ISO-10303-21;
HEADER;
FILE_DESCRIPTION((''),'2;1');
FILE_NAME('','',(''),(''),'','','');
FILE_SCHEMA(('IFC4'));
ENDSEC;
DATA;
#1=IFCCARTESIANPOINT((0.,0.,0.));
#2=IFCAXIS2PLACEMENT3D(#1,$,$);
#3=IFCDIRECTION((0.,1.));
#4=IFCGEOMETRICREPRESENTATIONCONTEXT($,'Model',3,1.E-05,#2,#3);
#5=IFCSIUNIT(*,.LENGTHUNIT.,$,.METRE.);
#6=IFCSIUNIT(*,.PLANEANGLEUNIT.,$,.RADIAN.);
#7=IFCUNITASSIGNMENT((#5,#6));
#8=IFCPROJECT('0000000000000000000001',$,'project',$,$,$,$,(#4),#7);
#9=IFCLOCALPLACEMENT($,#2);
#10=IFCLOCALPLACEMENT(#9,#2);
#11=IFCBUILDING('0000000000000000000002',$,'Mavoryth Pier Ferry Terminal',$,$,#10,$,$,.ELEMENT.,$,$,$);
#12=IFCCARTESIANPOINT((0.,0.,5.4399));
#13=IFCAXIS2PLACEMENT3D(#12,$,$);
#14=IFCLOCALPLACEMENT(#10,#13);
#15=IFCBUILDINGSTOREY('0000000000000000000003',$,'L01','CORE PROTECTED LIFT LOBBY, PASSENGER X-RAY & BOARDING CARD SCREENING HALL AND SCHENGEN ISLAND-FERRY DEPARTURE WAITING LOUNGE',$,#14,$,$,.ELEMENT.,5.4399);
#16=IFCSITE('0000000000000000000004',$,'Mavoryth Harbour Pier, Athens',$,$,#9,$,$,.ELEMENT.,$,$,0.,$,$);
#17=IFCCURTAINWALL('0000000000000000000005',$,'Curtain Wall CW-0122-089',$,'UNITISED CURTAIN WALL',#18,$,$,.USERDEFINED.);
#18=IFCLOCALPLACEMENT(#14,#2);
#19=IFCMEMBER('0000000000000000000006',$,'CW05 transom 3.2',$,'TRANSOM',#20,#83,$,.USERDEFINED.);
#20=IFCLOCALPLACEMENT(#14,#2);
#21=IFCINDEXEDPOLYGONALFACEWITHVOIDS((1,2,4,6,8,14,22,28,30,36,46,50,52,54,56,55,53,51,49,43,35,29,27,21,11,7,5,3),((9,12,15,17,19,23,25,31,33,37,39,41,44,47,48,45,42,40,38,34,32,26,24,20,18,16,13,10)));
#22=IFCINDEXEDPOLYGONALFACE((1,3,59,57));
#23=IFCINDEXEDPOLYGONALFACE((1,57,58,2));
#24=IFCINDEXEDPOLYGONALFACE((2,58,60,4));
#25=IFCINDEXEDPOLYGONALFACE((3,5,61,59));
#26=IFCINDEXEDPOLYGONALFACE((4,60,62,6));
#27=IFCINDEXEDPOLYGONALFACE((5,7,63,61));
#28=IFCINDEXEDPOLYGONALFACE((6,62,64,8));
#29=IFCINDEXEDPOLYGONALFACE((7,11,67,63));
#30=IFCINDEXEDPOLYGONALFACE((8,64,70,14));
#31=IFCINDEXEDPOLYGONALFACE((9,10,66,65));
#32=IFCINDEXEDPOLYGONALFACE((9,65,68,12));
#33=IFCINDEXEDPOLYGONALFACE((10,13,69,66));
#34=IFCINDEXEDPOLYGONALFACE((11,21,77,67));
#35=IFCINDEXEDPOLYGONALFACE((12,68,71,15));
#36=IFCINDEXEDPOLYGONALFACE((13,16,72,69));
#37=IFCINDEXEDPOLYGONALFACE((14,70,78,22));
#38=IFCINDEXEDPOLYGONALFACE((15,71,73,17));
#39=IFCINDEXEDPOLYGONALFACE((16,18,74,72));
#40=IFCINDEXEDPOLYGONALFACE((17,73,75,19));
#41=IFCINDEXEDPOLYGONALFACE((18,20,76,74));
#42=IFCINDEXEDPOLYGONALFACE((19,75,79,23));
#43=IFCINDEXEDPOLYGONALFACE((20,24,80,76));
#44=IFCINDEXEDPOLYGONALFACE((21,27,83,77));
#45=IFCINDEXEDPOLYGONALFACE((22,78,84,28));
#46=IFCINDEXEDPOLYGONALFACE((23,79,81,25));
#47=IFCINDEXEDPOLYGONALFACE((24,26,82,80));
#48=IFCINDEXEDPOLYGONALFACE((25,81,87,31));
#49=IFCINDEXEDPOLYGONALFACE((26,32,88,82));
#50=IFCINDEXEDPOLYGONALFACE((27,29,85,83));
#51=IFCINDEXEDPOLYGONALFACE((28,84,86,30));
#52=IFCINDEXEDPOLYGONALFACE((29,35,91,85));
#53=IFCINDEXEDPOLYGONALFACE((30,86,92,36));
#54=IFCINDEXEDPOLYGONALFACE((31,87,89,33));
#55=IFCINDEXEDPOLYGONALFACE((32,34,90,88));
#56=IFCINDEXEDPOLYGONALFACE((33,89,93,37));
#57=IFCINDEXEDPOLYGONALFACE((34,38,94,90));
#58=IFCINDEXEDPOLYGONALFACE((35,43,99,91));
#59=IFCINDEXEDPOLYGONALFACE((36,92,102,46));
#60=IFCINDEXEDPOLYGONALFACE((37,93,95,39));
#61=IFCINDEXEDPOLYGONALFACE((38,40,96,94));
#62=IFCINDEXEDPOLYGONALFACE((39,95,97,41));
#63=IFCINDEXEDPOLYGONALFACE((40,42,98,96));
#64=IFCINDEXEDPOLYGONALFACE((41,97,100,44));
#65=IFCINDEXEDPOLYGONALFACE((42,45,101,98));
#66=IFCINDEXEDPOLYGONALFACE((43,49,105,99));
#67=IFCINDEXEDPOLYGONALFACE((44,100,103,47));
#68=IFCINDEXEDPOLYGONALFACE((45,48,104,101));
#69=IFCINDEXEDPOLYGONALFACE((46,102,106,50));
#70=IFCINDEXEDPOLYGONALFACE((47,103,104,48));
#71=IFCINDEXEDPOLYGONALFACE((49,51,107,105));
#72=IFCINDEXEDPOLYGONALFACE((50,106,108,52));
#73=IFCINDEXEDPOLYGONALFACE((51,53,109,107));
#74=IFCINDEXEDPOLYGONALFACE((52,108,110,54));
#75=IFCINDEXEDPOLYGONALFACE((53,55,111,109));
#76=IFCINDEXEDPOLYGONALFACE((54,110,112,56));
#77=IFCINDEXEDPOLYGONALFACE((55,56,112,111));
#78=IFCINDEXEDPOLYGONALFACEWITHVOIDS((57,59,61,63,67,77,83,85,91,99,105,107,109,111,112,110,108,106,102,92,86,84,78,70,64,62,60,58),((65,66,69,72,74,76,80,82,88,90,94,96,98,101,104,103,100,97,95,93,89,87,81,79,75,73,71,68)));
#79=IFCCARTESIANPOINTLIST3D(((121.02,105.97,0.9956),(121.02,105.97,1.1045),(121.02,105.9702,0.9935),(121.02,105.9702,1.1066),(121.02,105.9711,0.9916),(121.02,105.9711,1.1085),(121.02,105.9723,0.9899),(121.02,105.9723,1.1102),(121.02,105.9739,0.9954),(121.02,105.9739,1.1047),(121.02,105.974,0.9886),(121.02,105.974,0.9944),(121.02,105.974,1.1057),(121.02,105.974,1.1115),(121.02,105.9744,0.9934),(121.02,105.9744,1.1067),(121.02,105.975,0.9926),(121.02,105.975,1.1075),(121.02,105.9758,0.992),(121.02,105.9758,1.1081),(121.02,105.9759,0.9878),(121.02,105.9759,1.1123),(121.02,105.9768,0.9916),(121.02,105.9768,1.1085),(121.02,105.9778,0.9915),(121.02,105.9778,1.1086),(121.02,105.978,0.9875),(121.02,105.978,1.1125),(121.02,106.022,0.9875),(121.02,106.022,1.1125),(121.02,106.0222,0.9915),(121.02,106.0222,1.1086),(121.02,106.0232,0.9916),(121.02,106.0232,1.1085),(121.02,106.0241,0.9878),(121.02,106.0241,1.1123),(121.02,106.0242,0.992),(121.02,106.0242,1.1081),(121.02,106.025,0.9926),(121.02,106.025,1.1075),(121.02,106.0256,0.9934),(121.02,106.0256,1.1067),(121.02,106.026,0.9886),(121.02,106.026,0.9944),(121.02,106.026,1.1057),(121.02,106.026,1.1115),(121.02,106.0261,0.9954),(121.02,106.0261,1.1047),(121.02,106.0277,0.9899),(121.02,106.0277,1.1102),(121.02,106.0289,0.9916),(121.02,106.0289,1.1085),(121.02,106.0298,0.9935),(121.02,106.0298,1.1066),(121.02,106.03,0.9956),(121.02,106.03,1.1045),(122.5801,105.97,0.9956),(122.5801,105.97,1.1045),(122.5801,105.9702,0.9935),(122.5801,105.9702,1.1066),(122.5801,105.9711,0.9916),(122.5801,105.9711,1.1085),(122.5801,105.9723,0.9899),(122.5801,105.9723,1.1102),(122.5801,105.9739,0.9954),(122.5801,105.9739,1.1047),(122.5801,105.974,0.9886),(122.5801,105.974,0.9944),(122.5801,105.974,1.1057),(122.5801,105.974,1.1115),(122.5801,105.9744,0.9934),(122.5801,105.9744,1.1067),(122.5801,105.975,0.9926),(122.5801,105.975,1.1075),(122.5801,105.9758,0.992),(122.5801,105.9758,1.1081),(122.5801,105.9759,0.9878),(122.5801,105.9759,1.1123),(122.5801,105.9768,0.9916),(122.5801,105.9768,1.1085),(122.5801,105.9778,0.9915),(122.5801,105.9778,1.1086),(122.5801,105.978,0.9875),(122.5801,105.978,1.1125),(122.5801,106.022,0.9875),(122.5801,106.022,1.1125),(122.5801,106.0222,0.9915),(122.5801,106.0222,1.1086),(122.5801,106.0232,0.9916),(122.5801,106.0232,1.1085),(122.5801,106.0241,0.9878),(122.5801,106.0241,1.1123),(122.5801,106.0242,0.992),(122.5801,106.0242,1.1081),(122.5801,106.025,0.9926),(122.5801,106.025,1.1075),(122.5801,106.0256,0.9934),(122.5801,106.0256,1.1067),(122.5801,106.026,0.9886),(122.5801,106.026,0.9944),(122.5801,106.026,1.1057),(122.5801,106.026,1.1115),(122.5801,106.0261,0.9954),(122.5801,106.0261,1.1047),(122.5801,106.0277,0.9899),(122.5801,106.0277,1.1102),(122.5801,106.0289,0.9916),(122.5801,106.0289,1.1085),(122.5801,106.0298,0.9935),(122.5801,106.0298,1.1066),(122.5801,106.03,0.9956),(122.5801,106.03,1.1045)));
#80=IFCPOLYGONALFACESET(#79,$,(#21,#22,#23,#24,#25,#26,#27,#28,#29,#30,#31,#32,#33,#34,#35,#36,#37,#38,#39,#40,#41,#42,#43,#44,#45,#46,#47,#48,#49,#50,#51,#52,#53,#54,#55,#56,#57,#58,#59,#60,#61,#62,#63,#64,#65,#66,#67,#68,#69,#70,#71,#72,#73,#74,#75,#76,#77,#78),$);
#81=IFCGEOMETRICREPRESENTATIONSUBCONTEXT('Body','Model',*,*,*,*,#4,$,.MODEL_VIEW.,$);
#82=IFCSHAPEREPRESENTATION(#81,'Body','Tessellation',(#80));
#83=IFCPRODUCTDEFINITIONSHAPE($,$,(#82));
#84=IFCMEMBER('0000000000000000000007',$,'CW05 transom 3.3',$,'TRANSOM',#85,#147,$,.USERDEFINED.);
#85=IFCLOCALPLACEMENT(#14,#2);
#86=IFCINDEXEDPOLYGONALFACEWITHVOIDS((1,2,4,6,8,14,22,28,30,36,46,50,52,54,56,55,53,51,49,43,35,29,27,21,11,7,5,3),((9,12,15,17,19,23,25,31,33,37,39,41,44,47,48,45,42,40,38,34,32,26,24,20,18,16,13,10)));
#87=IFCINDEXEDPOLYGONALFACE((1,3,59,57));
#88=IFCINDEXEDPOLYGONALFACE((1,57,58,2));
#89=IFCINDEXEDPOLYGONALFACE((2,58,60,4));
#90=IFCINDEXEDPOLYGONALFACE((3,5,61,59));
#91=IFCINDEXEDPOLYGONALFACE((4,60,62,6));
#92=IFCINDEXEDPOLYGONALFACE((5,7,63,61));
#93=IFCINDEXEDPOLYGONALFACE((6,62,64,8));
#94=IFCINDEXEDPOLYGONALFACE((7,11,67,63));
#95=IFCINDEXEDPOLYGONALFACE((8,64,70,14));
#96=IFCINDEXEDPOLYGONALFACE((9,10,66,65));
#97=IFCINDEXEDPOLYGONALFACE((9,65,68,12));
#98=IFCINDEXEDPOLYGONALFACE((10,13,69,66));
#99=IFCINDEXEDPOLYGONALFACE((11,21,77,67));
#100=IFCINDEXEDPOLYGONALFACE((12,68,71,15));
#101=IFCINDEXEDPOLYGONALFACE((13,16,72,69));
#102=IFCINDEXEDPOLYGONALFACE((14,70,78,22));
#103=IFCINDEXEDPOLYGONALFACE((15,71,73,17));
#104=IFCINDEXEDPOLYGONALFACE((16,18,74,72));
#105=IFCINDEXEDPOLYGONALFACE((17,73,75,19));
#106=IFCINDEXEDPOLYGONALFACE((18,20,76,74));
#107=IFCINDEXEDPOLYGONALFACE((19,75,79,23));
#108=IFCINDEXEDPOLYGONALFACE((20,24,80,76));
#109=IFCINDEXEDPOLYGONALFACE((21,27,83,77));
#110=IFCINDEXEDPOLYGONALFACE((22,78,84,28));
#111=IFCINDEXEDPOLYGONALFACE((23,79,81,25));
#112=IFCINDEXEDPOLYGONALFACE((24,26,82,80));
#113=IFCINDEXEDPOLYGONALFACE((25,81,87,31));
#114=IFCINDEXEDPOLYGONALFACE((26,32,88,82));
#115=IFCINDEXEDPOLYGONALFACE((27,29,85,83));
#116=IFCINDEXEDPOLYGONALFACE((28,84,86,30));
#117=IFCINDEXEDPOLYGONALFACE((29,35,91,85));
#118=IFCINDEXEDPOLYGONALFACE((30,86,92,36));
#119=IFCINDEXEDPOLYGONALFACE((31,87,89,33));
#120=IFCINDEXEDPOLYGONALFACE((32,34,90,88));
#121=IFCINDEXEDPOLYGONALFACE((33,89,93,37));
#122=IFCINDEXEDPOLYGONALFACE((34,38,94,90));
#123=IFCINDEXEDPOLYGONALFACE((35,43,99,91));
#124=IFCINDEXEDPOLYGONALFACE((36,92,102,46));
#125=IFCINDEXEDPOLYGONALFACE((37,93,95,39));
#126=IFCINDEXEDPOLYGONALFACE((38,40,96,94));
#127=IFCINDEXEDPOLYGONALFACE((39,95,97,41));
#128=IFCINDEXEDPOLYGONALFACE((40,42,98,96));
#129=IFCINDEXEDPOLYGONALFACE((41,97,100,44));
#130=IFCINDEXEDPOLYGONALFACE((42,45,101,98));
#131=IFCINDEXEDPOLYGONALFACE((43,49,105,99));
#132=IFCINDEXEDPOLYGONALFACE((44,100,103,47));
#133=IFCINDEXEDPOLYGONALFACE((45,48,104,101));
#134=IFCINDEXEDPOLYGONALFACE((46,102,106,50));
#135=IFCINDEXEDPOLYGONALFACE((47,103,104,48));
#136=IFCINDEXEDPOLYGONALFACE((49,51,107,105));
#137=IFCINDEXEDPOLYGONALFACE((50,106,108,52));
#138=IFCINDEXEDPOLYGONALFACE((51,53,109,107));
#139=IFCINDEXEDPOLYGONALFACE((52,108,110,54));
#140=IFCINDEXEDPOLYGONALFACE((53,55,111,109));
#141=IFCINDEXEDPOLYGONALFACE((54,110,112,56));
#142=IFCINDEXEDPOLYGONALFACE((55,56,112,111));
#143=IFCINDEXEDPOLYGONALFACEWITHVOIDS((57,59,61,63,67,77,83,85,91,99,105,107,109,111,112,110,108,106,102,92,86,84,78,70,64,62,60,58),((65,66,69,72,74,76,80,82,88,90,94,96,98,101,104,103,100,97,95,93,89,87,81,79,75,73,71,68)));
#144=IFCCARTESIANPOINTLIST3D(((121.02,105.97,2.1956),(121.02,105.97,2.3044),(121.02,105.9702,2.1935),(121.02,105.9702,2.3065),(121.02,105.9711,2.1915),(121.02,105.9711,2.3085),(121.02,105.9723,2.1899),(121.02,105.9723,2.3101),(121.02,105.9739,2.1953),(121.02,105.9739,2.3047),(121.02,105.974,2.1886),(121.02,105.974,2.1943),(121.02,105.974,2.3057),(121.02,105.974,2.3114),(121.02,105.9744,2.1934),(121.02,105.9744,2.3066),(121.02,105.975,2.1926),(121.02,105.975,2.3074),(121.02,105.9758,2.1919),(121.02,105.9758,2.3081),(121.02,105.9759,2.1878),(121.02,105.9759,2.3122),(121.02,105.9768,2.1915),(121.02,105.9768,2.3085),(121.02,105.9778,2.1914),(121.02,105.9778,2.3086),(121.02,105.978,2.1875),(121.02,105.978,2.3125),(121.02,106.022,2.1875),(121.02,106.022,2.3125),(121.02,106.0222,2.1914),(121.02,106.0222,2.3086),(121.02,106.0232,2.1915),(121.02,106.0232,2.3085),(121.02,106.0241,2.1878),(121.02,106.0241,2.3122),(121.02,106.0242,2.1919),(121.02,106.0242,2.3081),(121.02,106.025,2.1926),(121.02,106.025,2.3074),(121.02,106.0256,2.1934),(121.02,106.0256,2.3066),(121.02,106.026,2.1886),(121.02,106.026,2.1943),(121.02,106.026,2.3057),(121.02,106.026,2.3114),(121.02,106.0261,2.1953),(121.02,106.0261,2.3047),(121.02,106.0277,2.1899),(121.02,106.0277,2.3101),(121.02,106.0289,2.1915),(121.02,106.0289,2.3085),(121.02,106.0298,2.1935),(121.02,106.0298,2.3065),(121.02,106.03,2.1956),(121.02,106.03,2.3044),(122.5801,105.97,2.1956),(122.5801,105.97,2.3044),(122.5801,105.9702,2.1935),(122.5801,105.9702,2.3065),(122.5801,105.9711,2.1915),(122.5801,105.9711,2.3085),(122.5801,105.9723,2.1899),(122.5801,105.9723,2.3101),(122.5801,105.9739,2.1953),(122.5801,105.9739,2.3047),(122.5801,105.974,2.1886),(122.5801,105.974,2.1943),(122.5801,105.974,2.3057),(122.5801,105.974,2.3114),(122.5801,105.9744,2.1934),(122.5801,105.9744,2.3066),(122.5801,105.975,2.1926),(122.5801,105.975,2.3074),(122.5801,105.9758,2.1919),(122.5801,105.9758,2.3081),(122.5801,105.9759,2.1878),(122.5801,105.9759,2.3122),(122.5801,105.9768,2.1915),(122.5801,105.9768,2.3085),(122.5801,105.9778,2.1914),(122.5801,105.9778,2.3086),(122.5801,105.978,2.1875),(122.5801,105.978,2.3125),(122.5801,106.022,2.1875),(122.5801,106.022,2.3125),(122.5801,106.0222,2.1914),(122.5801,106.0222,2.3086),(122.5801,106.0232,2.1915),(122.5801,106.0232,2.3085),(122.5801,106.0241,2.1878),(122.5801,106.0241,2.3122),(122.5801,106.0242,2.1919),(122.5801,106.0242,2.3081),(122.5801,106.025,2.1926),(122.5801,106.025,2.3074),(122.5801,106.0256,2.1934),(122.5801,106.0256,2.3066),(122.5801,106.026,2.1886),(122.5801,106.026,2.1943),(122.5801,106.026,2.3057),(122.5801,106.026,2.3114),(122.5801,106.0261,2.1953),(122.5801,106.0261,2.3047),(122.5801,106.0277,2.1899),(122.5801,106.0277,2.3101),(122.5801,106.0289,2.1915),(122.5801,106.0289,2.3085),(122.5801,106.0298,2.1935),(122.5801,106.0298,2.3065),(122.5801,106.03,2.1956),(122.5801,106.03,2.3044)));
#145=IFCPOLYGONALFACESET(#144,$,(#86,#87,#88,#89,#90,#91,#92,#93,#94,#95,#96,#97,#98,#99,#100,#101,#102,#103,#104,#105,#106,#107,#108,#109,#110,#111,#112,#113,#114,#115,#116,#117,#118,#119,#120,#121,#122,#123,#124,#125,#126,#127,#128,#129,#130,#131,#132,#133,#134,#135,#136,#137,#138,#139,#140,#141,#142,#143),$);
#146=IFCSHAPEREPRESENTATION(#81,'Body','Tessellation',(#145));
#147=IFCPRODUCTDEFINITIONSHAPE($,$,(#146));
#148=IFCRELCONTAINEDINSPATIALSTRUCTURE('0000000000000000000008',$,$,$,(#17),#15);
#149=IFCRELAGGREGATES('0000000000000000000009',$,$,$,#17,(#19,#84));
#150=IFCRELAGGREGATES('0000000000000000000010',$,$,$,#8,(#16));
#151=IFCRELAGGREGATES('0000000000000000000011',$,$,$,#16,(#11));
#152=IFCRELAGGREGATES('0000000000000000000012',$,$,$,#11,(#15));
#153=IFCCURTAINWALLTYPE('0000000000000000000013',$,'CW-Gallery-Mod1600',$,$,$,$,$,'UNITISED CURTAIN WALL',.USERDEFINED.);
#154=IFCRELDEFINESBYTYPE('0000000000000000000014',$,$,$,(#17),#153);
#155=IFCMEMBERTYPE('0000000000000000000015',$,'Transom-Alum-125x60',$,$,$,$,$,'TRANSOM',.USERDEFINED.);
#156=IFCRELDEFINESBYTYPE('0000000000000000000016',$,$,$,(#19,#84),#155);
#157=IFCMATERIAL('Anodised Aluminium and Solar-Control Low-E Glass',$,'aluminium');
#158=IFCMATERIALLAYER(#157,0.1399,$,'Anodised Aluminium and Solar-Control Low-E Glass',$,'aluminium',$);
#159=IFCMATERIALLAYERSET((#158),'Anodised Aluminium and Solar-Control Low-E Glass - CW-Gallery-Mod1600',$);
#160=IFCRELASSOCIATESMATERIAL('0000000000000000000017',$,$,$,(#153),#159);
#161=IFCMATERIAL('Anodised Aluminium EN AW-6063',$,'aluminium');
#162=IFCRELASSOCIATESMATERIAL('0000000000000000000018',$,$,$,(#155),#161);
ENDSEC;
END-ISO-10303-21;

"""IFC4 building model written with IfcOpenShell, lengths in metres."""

from ifc_helpers import new_model, si_unit, direction, frame, origin, origin_2d, place, context, subcontext, project, spatial, hollow_rectangle, extrude, material, layer, layer_set, material_profile, profile_set, type_object, element, aggregate, save


model = new_model("IFC4")

# Units and contexts
model_context = context("Model", 3, precision=1e-05, world=origin(), true_north=direction((0.0, 1.0)))
body_context = subcontext(model_context, "Body", "Model", "MODEL_VIEW")
ifc_project = project(units=[si_unit("LENGTHUNIT", "METRE"), si_unit("PLANEANGLEUNIT", "RADIAN")], contexts=[model_context])

# Site, building, storey
site_placement = place(None, origin())
site = spatial("IfcSite", under=ifc_project, at=site_placement, Name="Mavoryth Harbour Pier, Athens", CompositionType="ELEMENT", RefElevation=0.0)
building_placement = place(site_placement, origin())
building = spatial("IfcBuilding", under=site, at=building_placement, Name="Mavoryth Pier Ferry Terminal", CompositionType="ELEMENT")
storey_placement = place(building_placement, frame((0.0, 0.0, 5.4399)))
storey = spatial("IfcBuildingStorey", under=building, at=storey_placement, Name="L01", Description="CORE PROTECTED LIFT LOBBY, PASSENGER X-RAY & BOARDING CARD SCREENING HALL AND SCHENGEN ISLAND-FERRY DEPARTURE WAITING LOUNGE", CompositionType="ELEMENT", Elevation=5.4399)

# Curtain wall, members
ifc_material_1 = material(Name="Anodised Aluminium and Solar-Control Low-E Glass", Category="aluminium")
ifc_layer_1 = layer(ifc_material_1, 0.1399, Name="Anodised Aluminium and Solar-Control Low-E Glass", Category="aluminium")
ifc_layer_set_1 = layer_set([ifc_layer_1], Name="Anodised Aluminium and Solar-Control Low-E Glass - CW-Gallery-Mod1600")
curtain_wall_type = type_object("IfcCurtainWallType", Name="CW-Gallery-Mod1600", ElementType="UNITISED CURTAIN WALL", PredefinedType="USERDEFINED", material=ifc_layer_set_1)
curtain_wall_1_placement = place(storey_placement, origin())
curtain_wall_1 = element("IfcCurtainWall", 1, at=curtain_wall_1_placement, inside=storey, type_object=curtain_wall_type, Name="Curtain Wall CW-0122-089", ObjectType="UNITISED CURTAIN WALL", PredefinedType="USERDEFINED")
ifc_material_2 = material(Name="Anodised Aluminium EN AW-6063", Category="aluminium")
ifc_material_profile_1 = material_profile(ifc_material_2, hollow_rectangle(XDim=0.0601, YDim=0.125, WallThickness=0.0039, InnerFilletRadius=0.0039, OuterFilletRadius=0.0081, at=origin_2d()), Name="AL-TRAN 125x60x4", Category="aluminium")
ifc_profile_set_1 = profile_set([ifc_material_profile_1], Name="Anodised Aluminium EN AW-6063 - AL-TRAN 125x60x4")
member_type_1 = type_object("IfcMemberType", Name="Transom-Alum-125x60", ElementType="TRANSOM", PredefinedType="USERDEFINED", material=ifc_profile_set_1)
member_1_placement = place(storey_placement, frame((121.02, 106.0, 1.05), z_axis=(1.0, 0.0, 0.0), x_axis=(0.0, 1.0, 0.0)))
member_1 = element("IfcMember", 2, at=member_1_placement, type_object=member_type_1, Name="CW05 transom 3.2", ObjectType="TRANSOM", PredefinedType="USERDEFINED", context=body_context, shape_type="SweptSolid", body=[
    extrude(hollow_rectangle(XDim=0.0601, YDim=0.125, WallThickness=0.0039, InnerFilletRadius=0.0039, OuterFilletRadius=0.0081, at=origin_2d()), origin(), (0.0, 0.0, 1.0), 1.5601),
])
member_2_placement = place(storey_placement, frame((121.02, 106.0, 2.25), z_axis=(1.0, 0.0, 0.0), x_axis=(0.0, 1.0, 0.0)))
member_2 = element("IfcMember", 3, at=member_2_placement, type_object=member_type_1, Name="CW05 transom 3.3", ObjectType="TRANSOM", PredefinedType="USERDEFINED", context=body_context, shape_type="SweptSolid", body=[
    extrude(hollow_rectangle(XDim=0.0601, YDim=0.125, WallThickness=0.0039, InnerFilletRadius=0.0039, OuterFilletRadius=0.0081, at=origin_2d()), origin(), (0.0, 0.0, 1.0), 1.5601),
])

aggregate(curtain_wall_1, [member_1, member_2])

save(model, "model.ifc")
